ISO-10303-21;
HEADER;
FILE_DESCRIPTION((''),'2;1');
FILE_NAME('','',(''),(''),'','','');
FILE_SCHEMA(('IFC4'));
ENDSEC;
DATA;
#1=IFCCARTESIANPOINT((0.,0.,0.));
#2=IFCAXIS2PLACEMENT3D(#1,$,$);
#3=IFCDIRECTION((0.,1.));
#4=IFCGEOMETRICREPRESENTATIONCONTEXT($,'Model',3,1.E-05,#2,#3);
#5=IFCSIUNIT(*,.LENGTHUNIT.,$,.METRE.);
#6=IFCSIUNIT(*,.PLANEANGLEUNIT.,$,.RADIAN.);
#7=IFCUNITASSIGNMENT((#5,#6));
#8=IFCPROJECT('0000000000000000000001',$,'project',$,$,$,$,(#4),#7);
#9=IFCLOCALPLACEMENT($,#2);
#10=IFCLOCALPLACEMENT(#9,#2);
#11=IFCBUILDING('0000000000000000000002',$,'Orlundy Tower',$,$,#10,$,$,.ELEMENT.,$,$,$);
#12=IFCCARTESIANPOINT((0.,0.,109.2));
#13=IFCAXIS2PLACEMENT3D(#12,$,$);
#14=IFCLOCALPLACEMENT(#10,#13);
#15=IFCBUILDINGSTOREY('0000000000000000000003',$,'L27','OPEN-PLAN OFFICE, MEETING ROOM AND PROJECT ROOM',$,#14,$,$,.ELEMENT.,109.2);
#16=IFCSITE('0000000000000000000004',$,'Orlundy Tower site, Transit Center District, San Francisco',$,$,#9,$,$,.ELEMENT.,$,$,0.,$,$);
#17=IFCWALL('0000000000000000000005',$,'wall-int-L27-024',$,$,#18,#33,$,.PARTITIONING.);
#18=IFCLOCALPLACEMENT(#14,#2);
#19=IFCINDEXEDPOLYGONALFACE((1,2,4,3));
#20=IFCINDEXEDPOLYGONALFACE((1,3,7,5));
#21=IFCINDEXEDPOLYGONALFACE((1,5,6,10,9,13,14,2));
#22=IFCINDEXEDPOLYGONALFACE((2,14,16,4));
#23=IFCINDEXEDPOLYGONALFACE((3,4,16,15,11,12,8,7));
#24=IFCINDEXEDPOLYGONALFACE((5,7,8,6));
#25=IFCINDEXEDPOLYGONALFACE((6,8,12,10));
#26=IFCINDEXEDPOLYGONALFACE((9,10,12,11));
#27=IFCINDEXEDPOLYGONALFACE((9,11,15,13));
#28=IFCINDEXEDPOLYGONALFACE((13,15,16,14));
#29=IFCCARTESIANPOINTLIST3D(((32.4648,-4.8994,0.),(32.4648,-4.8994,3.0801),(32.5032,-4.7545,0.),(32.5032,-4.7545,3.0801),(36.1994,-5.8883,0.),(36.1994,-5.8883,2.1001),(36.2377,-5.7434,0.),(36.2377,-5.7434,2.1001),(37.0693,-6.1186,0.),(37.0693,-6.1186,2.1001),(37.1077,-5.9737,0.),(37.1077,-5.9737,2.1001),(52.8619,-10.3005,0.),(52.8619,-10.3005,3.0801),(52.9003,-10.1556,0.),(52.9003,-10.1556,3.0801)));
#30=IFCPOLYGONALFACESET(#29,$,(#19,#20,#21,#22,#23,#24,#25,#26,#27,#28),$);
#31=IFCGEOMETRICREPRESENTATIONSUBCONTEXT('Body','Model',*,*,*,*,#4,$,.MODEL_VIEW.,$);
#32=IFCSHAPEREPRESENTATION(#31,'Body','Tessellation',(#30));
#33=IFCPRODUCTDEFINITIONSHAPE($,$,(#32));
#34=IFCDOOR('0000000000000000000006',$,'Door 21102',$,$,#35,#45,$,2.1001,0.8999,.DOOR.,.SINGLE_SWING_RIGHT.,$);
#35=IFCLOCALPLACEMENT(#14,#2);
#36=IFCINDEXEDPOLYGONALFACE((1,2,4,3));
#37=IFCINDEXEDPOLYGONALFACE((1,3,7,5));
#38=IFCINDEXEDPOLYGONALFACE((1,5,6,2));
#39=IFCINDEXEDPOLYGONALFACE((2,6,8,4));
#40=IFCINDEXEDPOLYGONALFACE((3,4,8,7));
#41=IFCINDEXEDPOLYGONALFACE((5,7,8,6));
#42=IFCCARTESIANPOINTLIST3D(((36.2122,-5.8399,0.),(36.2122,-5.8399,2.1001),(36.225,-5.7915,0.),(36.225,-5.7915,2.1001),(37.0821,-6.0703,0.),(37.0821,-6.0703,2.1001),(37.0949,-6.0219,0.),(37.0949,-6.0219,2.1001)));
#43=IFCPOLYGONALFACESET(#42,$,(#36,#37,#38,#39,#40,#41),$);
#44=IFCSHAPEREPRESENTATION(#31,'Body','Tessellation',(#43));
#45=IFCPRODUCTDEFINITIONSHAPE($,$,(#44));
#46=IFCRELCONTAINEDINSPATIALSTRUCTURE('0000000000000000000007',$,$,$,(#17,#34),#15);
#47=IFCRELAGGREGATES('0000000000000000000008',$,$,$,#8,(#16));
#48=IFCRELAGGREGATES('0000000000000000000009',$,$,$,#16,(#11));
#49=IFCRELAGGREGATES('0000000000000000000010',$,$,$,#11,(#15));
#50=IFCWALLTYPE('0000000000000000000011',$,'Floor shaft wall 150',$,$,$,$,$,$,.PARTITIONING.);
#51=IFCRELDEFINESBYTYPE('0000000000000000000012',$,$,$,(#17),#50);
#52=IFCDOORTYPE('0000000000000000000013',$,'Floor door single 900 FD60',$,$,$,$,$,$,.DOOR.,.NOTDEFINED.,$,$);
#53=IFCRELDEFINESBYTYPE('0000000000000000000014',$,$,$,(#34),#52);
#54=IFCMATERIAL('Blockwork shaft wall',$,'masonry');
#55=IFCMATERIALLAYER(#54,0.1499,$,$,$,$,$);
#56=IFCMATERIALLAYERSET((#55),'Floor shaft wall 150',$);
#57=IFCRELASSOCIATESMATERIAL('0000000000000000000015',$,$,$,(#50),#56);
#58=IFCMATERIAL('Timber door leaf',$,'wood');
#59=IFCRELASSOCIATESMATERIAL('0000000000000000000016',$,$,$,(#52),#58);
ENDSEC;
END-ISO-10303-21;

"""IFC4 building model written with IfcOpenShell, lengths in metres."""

from ifc_helpers import new_model, si_unit, direction, frame, frame_2d, origin, place, context, subcontext, project, spatial, rectangle, extrude, material, layer, layer_set, type_object, element, fill, save


model = new_model("IFC4")

# Units and contexts
model_context = context("Model", 3, precision=1e-05, world=origin(), true_north=direction((0.0, 1.0)))
body_context = subcontext(model_context, "Body", "Model", "MODEL_VIEW")
ifc_project = project(units=[si_unit("LENGTHUNIT", "METRE"), si_unit("PLANEANGLEUNIT", "RADIAN")], contexts=[model_context])

# Site, building, storey
site_placement = place(None, origin())
site = spatial("IfcSite", under=ifc_project, at=site_placement, Name="Orlundy Tower site, Transit Center District, San Francisco", CompositionType="ELEMENT", RefElevation=0.0)
building_placement = place(site_placement, origin())
building = spatial("IfcBuilding", under=site, at=building_placement, Name="Orlundy Tower", CompositionType="ELEMENT")
storey_placement = place(building_placement, frame((0.0, 0.0, 109.2)))
storey = spatial("IfcBuildingStorey", under=building, at=storey_placement, Name="L27", Description="OPEN-PLAN OFFICE, MEETING ROOM AND PROJECT ROOM", CompositionType="ELEMENT", Elevation=109.2)

# Wall, opening, door
ifc_material_1 = material(Name="Blockwork shaft wall", Category="masonry")
ifc_layer_1 = layer(ifc_material_1, 0.1499)
ifc_layer_set_1 = layer_set([ifc_layer_1], Name="Floor shaft wall 150")
wall_type_1 = type_object("IfcWallType", Name="Floor shaft wall 150", PredefinedType="PARTITIONING", material=ifc_layer_set_1)
wall_1_placement = place(storey_placement, frame((52.8811, -10.228, 0.0), z_axis=(0.0, 0.0, 1.0), x_axis=(-0.966683, 0.255975, 0.0)))
wall_1 = element("IfcWall", 1, at=wall_1_placement, inside=storey, type_object=wall_type_1, Name="wall-int-L27-024", PredefinedType="PARTITIONING", context=body_context, shape_type="SweptSolid", body=[
    extrude(rectangle(XDim=21.1001, YDim=0.1499, at=frame_2d((10.55, 0.0))), origin(), (0.0, 0.0, 1.0), 3.0801),
])
opening_1_placement = place(wall_1_placement, frame((16.3369, 0.0, 0.0)))
opening_1 = element("IfcOpeningElement", 2, at=opening_1_placement, cuts=wall_1, PredefinedType="OPENING", context=body_context, shape_type="SweptSolid", body=[
    extrude(rectangle(XDim=0.8999, YDim=2.1001, at=frame_2d((0.45, 1.05))), frame((0.0, 0.085, 0.0), z_axis=(0.0, -1.0, 0.0), x_axis=(1.0, 0.0, 0.0)), (0.0, 0.0, 1.0), 0.1699),
])
ifc_material_2 = material(Name="Timber door leaf", Category="wood")
door_type_1 = type_object("IfcDoorType", Name="Floor door single 900 FD60", OperationType="NOTDEFINED", PredefinedType="DOOR", material=ifc_material_2)
door_1_placement = place(opening_1_placement, origin())
door_1 = element("IfcDoor", 3, at=door_1_placement, inside=storey, type_object=door_type_1, Name="Door 21102", OperationType="SINGLE_SWING_RIGHT", OverallHeight=2.1001, OverallWidth=0.8999, PredefinedType="DOOR", context=body_context, shape_type="SweptSolid", body=[
    extrude(rectangle(XDim=0.8999, YDim=2.1001, at=frame_2d((0.45, 1.05))), frame((0.0, 0.0249, 0.0), z_axis=(0.0, -1.0, 0.0), x_axis=(1.0, 0.0, 0.0)), (0.0, 0.0, 1.0), 0.05),
])
fill(opening_1, door_1)

save(model, "model.ifc")
